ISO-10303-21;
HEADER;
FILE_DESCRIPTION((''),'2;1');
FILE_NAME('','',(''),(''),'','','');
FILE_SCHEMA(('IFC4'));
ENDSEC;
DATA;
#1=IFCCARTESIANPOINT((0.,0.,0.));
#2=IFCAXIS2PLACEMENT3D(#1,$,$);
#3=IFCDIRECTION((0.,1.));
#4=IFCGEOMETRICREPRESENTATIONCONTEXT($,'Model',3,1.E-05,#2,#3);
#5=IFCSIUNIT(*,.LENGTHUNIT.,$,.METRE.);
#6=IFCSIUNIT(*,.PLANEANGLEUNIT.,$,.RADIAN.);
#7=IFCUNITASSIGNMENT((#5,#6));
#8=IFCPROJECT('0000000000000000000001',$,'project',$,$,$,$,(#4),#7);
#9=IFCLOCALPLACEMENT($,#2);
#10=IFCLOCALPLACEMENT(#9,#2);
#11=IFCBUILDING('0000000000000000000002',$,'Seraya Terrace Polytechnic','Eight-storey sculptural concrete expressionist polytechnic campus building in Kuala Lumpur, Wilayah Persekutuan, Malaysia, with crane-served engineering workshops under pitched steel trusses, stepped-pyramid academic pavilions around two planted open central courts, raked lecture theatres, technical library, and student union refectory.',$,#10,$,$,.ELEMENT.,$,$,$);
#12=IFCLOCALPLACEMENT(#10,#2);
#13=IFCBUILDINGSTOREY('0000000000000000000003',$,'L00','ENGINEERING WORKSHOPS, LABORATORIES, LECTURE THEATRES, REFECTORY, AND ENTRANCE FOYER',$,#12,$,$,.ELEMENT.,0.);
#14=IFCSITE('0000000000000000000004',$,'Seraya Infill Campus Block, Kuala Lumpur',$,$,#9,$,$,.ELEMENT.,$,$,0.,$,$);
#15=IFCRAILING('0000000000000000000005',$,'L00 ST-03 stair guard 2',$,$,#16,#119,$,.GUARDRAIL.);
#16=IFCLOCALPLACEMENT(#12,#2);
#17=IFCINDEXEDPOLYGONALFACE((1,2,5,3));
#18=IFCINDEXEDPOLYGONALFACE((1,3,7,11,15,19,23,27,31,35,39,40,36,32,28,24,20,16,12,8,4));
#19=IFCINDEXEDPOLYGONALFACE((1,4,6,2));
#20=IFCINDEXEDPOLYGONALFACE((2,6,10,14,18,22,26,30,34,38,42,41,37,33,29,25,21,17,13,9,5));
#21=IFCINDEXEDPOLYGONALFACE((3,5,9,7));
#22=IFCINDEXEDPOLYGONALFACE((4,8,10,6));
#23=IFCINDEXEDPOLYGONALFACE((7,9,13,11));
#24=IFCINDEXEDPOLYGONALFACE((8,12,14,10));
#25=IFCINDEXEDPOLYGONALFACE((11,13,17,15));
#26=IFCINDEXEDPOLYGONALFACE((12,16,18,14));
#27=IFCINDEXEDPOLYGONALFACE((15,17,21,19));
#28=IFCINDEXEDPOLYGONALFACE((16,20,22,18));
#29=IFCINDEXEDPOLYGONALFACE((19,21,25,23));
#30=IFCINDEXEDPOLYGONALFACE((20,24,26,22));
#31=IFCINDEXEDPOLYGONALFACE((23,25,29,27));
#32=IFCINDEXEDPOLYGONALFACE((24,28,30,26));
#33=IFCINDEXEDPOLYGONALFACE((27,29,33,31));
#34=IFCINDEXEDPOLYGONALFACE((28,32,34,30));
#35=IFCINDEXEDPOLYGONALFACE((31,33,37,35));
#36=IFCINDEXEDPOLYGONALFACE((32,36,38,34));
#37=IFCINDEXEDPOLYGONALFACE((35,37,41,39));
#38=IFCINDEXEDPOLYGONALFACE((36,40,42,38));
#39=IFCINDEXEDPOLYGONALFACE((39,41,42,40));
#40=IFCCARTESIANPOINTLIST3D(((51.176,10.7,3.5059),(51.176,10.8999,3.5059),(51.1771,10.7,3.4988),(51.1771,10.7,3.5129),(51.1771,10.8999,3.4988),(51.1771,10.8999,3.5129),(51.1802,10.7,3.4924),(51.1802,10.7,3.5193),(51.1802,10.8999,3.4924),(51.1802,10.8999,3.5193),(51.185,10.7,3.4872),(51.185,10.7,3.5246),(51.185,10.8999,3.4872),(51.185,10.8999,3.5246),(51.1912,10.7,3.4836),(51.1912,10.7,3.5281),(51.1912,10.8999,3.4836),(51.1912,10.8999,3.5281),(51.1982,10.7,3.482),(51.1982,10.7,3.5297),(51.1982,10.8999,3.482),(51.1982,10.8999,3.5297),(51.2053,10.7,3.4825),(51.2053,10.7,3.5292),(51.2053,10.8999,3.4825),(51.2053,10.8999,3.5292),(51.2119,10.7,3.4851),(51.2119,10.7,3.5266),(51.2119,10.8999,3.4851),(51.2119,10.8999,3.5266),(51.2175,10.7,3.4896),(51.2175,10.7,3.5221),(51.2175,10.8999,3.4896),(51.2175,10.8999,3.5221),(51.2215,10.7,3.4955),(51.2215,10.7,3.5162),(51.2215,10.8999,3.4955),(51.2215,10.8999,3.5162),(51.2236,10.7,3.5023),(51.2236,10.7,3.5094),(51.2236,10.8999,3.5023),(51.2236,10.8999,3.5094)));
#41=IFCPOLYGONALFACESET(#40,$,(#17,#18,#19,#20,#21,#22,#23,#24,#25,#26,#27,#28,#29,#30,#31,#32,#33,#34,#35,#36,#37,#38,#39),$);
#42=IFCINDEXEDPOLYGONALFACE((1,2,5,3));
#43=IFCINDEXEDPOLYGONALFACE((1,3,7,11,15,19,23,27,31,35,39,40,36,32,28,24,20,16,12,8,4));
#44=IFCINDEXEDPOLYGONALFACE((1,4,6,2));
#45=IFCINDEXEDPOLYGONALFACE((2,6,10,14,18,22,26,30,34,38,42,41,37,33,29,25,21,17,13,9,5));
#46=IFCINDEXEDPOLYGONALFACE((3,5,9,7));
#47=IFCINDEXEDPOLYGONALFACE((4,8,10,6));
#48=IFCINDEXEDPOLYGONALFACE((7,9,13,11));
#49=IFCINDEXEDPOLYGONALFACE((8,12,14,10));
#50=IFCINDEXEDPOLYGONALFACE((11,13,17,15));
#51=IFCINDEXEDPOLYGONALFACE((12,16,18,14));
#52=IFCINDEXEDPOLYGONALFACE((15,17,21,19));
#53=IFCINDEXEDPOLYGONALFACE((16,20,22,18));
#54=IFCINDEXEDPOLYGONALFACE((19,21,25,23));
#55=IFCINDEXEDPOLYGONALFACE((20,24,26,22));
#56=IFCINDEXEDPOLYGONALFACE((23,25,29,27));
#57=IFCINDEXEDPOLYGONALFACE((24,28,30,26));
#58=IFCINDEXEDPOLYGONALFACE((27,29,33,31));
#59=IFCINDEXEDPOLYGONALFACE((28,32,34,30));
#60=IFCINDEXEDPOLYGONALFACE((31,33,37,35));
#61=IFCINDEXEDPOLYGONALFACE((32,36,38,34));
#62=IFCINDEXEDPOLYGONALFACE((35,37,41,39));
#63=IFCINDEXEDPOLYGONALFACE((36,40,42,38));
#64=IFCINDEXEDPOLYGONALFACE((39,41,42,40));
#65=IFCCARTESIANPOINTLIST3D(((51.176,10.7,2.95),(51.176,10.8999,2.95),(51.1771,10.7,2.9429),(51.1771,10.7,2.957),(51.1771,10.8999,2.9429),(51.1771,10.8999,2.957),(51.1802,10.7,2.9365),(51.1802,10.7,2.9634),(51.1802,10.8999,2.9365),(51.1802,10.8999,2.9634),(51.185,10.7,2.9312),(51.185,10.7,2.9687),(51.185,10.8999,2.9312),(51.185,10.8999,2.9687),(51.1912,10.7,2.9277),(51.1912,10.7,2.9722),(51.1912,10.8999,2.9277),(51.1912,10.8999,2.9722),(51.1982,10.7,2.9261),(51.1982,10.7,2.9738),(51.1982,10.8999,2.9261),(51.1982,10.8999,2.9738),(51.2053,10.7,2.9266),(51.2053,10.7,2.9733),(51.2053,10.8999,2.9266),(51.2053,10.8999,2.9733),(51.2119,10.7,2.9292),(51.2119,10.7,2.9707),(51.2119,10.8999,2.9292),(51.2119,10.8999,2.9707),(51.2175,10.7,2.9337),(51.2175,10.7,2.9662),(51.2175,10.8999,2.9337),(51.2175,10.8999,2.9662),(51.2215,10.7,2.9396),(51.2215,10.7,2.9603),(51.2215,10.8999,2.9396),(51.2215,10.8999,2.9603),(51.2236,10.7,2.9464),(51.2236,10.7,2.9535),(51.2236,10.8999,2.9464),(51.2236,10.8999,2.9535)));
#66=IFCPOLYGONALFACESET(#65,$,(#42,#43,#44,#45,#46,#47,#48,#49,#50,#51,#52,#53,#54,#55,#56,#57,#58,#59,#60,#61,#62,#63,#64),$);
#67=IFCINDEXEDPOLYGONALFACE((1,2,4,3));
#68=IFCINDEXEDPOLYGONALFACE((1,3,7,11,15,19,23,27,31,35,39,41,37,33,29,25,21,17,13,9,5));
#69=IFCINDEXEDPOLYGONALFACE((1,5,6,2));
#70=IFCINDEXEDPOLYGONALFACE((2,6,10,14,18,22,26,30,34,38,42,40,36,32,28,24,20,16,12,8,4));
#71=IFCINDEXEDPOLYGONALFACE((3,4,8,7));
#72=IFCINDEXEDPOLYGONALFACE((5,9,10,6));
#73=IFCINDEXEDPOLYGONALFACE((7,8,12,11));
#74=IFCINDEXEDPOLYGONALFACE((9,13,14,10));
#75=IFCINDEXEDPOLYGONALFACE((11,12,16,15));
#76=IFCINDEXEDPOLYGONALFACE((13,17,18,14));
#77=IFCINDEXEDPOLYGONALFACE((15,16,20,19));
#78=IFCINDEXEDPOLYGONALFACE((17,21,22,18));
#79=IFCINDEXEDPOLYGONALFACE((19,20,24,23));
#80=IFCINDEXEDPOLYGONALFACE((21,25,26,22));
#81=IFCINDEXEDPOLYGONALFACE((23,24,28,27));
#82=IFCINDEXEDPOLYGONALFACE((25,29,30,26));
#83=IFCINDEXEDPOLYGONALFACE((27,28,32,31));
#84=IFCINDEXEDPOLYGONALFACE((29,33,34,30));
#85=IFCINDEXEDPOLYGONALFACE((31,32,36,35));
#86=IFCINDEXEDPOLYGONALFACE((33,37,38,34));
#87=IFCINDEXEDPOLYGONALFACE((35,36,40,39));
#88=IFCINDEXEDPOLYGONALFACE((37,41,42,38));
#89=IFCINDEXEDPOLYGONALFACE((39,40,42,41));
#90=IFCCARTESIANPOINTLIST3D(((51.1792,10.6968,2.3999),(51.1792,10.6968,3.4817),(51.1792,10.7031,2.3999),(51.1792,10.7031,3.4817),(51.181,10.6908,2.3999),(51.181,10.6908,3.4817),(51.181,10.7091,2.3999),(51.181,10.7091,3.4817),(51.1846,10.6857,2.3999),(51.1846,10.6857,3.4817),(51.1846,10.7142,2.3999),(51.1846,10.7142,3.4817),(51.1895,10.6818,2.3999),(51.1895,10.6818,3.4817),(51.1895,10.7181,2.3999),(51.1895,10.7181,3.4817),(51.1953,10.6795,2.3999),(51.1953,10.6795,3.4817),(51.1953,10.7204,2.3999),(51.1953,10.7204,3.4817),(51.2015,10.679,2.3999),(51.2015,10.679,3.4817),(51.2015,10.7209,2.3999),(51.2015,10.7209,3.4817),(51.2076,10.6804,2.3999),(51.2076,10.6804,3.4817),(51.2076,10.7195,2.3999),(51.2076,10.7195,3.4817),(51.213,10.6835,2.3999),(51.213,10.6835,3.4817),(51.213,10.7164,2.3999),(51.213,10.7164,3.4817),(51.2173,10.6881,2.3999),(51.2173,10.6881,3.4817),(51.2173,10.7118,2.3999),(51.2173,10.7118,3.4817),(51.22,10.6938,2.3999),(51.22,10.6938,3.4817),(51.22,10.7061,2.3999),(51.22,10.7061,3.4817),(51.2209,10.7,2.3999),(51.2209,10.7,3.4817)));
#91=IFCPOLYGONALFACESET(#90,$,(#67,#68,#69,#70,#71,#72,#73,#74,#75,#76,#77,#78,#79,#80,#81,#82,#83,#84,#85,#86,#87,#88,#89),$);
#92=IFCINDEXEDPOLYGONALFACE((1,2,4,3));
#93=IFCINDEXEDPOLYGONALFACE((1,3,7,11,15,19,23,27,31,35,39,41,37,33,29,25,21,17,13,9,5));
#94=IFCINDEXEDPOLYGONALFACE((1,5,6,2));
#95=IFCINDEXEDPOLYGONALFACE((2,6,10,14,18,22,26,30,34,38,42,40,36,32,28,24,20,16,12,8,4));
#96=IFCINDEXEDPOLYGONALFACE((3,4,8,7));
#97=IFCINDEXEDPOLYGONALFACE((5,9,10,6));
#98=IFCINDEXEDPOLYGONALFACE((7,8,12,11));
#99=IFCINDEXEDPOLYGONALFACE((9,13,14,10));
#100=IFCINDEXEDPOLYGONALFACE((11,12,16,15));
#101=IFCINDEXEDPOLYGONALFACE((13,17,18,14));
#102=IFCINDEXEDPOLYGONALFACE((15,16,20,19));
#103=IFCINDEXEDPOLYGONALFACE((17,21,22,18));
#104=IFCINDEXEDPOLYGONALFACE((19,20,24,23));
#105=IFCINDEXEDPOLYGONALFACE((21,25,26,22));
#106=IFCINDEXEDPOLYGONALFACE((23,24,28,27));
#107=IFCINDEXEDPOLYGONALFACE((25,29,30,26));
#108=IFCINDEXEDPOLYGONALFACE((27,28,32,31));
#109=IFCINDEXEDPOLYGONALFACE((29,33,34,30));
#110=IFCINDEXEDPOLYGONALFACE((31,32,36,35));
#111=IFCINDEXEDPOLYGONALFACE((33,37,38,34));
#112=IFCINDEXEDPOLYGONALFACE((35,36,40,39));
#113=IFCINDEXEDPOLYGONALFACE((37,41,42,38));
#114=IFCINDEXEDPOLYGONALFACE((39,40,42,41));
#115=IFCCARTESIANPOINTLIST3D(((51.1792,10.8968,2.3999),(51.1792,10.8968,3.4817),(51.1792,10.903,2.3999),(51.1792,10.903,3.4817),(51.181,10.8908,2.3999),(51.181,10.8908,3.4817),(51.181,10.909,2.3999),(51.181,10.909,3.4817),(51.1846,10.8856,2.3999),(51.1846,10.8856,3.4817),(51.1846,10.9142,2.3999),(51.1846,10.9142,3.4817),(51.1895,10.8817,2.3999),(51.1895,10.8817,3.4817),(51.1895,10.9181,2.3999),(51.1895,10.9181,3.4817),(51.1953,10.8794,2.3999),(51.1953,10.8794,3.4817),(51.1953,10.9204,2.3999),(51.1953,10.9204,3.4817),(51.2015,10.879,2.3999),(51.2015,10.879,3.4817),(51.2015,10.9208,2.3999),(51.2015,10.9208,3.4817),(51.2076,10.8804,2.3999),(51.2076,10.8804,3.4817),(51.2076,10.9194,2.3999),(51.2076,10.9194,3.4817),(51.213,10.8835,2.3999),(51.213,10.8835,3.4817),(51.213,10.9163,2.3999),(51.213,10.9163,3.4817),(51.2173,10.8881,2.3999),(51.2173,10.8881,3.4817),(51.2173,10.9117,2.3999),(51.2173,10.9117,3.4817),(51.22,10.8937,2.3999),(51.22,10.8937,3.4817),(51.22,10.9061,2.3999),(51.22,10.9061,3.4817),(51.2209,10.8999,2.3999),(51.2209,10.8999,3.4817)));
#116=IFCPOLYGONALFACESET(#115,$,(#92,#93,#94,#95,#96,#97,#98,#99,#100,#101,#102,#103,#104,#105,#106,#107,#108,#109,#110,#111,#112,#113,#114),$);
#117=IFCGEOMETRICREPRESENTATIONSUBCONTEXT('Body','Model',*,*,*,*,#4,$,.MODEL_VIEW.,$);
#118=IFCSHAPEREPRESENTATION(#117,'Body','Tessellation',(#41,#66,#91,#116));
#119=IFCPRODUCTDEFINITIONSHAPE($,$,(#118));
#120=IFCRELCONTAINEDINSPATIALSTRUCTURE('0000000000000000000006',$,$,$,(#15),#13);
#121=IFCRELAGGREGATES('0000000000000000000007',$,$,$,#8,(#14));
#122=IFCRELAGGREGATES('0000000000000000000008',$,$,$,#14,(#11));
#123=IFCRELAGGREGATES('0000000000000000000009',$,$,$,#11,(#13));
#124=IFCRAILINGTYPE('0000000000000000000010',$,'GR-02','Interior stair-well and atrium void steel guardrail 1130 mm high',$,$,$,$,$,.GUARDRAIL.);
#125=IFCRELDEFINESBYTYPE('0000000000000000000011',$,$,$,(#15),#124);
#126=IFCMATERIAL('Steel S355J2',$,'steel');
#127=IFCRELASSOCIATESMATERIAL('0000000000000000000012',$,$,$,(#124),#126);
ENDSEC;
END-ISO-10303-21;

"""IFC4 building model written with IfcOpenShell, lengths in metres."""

from ifc_helpers import new_model, si_unit, direction, frame, origin, origin_2d, place, context, subcontext, project, spatial, circle, extrude, material, type_object, element, save


model = new_model("IFC4")

# Units and contexts
model_context = context("Model", 3, precision=1e-05, world=origin(), true_north=direction((0.0, 1.0)))
body_context = subcontext(model_context, "Body", "Model", "MODEL_VIEW")
ifc_project = project(units=[si_unit("LENGTHUNIT", "METRE"), si_unit("PLANEANGLEUNIT", "RADIAN")], contexts=[model_context])

# Site, building, storey
site_placement = place(None, origin())
site = spatial("IfcSite", under=ifc_project, at=site_placement, Name="Seraya Infill Campus Block, Kuala Lumpur", CompositionType="ELEMENT", RefElevation=0.0)
building_placement = place(site_placement, origin())
building = spatial("IfcBuilding", under=site, at=building_placement, Name="Seraya Terrace Polytechnic", Description="Eight-storey sculptural concrete expressionist polytechnic campus building in Kuala Lumpur, Wilayah Persekutuan, Malaysia, with crane-served engineering workshops under pitched steel trusses, stepped-pyramid academic pavilions around two planted open central courts, raked lecture theatres, technical library, and student union refectory.", CompositionType="ELEMENT")
storey_placement = place(building_placement, origin())
storey = spatial("IfcBuildingStorey", under=building, at=storey_placement, Name="L00", Description="ENGINEERING WORKSHOPS, LABORATORIES, LECTURE THEATRES, REFECTORY, AND ENTRANCE FOYER", CompositionType="ELEMENT", Elevation=0.0)

# Railing
ifc_material_1 = material(Name="Steel S355J2", Category="steel")
railing_type_1 = type_object("IfcRailingType", Name="GR-02", Description="Interior stair-well and atrium void steel guardrail 1130 mm high", PredefinedType="GUARDRAIL", material=ifc_material_1)
railing_1_placement = place(storey_placement, frame((51.2, 10.7, 2.3999)))
element("IfcRailing", 1, at=railing_1_placement, inside=storey, type_object=railing_type_1, Name="L00 ST-03 stair guard 2", PredefinedType="GUARDRAIL", context=body_context, shape_type="SweptSolid", body=[
    extrude(circle(Radius=0.0239, at=origin_2d()), frame((0.0, 0.0, 1.106), z_axis=(0.0, 1.0, 0.0), x_axis=(-1.0, 0.0, 0.0)), (0.0, 0.0, 1.0), 0.2),
    extrude(circle(Radius=0.0239, at=origin_2d()), frame((0.0, 0.0, 0.55), z_axis=(0.0, 1.0, 0.0), x_axis=(-1.0, 0.0, 0.0)), (0.0, 0.0, 1.0), 0.2),
    extrude(circle(Radius=0.021, at=origin_2d()), origin(), (0.0, 0.0, 1.0), 1.0818),
    extrude(circle(Radius=0.021, at=origin_2d()), frame((0.0, 0.2, 0.0)), (0.0, 0.0, 1.0), 1.0818),
])

save(model, "model.ifc")
